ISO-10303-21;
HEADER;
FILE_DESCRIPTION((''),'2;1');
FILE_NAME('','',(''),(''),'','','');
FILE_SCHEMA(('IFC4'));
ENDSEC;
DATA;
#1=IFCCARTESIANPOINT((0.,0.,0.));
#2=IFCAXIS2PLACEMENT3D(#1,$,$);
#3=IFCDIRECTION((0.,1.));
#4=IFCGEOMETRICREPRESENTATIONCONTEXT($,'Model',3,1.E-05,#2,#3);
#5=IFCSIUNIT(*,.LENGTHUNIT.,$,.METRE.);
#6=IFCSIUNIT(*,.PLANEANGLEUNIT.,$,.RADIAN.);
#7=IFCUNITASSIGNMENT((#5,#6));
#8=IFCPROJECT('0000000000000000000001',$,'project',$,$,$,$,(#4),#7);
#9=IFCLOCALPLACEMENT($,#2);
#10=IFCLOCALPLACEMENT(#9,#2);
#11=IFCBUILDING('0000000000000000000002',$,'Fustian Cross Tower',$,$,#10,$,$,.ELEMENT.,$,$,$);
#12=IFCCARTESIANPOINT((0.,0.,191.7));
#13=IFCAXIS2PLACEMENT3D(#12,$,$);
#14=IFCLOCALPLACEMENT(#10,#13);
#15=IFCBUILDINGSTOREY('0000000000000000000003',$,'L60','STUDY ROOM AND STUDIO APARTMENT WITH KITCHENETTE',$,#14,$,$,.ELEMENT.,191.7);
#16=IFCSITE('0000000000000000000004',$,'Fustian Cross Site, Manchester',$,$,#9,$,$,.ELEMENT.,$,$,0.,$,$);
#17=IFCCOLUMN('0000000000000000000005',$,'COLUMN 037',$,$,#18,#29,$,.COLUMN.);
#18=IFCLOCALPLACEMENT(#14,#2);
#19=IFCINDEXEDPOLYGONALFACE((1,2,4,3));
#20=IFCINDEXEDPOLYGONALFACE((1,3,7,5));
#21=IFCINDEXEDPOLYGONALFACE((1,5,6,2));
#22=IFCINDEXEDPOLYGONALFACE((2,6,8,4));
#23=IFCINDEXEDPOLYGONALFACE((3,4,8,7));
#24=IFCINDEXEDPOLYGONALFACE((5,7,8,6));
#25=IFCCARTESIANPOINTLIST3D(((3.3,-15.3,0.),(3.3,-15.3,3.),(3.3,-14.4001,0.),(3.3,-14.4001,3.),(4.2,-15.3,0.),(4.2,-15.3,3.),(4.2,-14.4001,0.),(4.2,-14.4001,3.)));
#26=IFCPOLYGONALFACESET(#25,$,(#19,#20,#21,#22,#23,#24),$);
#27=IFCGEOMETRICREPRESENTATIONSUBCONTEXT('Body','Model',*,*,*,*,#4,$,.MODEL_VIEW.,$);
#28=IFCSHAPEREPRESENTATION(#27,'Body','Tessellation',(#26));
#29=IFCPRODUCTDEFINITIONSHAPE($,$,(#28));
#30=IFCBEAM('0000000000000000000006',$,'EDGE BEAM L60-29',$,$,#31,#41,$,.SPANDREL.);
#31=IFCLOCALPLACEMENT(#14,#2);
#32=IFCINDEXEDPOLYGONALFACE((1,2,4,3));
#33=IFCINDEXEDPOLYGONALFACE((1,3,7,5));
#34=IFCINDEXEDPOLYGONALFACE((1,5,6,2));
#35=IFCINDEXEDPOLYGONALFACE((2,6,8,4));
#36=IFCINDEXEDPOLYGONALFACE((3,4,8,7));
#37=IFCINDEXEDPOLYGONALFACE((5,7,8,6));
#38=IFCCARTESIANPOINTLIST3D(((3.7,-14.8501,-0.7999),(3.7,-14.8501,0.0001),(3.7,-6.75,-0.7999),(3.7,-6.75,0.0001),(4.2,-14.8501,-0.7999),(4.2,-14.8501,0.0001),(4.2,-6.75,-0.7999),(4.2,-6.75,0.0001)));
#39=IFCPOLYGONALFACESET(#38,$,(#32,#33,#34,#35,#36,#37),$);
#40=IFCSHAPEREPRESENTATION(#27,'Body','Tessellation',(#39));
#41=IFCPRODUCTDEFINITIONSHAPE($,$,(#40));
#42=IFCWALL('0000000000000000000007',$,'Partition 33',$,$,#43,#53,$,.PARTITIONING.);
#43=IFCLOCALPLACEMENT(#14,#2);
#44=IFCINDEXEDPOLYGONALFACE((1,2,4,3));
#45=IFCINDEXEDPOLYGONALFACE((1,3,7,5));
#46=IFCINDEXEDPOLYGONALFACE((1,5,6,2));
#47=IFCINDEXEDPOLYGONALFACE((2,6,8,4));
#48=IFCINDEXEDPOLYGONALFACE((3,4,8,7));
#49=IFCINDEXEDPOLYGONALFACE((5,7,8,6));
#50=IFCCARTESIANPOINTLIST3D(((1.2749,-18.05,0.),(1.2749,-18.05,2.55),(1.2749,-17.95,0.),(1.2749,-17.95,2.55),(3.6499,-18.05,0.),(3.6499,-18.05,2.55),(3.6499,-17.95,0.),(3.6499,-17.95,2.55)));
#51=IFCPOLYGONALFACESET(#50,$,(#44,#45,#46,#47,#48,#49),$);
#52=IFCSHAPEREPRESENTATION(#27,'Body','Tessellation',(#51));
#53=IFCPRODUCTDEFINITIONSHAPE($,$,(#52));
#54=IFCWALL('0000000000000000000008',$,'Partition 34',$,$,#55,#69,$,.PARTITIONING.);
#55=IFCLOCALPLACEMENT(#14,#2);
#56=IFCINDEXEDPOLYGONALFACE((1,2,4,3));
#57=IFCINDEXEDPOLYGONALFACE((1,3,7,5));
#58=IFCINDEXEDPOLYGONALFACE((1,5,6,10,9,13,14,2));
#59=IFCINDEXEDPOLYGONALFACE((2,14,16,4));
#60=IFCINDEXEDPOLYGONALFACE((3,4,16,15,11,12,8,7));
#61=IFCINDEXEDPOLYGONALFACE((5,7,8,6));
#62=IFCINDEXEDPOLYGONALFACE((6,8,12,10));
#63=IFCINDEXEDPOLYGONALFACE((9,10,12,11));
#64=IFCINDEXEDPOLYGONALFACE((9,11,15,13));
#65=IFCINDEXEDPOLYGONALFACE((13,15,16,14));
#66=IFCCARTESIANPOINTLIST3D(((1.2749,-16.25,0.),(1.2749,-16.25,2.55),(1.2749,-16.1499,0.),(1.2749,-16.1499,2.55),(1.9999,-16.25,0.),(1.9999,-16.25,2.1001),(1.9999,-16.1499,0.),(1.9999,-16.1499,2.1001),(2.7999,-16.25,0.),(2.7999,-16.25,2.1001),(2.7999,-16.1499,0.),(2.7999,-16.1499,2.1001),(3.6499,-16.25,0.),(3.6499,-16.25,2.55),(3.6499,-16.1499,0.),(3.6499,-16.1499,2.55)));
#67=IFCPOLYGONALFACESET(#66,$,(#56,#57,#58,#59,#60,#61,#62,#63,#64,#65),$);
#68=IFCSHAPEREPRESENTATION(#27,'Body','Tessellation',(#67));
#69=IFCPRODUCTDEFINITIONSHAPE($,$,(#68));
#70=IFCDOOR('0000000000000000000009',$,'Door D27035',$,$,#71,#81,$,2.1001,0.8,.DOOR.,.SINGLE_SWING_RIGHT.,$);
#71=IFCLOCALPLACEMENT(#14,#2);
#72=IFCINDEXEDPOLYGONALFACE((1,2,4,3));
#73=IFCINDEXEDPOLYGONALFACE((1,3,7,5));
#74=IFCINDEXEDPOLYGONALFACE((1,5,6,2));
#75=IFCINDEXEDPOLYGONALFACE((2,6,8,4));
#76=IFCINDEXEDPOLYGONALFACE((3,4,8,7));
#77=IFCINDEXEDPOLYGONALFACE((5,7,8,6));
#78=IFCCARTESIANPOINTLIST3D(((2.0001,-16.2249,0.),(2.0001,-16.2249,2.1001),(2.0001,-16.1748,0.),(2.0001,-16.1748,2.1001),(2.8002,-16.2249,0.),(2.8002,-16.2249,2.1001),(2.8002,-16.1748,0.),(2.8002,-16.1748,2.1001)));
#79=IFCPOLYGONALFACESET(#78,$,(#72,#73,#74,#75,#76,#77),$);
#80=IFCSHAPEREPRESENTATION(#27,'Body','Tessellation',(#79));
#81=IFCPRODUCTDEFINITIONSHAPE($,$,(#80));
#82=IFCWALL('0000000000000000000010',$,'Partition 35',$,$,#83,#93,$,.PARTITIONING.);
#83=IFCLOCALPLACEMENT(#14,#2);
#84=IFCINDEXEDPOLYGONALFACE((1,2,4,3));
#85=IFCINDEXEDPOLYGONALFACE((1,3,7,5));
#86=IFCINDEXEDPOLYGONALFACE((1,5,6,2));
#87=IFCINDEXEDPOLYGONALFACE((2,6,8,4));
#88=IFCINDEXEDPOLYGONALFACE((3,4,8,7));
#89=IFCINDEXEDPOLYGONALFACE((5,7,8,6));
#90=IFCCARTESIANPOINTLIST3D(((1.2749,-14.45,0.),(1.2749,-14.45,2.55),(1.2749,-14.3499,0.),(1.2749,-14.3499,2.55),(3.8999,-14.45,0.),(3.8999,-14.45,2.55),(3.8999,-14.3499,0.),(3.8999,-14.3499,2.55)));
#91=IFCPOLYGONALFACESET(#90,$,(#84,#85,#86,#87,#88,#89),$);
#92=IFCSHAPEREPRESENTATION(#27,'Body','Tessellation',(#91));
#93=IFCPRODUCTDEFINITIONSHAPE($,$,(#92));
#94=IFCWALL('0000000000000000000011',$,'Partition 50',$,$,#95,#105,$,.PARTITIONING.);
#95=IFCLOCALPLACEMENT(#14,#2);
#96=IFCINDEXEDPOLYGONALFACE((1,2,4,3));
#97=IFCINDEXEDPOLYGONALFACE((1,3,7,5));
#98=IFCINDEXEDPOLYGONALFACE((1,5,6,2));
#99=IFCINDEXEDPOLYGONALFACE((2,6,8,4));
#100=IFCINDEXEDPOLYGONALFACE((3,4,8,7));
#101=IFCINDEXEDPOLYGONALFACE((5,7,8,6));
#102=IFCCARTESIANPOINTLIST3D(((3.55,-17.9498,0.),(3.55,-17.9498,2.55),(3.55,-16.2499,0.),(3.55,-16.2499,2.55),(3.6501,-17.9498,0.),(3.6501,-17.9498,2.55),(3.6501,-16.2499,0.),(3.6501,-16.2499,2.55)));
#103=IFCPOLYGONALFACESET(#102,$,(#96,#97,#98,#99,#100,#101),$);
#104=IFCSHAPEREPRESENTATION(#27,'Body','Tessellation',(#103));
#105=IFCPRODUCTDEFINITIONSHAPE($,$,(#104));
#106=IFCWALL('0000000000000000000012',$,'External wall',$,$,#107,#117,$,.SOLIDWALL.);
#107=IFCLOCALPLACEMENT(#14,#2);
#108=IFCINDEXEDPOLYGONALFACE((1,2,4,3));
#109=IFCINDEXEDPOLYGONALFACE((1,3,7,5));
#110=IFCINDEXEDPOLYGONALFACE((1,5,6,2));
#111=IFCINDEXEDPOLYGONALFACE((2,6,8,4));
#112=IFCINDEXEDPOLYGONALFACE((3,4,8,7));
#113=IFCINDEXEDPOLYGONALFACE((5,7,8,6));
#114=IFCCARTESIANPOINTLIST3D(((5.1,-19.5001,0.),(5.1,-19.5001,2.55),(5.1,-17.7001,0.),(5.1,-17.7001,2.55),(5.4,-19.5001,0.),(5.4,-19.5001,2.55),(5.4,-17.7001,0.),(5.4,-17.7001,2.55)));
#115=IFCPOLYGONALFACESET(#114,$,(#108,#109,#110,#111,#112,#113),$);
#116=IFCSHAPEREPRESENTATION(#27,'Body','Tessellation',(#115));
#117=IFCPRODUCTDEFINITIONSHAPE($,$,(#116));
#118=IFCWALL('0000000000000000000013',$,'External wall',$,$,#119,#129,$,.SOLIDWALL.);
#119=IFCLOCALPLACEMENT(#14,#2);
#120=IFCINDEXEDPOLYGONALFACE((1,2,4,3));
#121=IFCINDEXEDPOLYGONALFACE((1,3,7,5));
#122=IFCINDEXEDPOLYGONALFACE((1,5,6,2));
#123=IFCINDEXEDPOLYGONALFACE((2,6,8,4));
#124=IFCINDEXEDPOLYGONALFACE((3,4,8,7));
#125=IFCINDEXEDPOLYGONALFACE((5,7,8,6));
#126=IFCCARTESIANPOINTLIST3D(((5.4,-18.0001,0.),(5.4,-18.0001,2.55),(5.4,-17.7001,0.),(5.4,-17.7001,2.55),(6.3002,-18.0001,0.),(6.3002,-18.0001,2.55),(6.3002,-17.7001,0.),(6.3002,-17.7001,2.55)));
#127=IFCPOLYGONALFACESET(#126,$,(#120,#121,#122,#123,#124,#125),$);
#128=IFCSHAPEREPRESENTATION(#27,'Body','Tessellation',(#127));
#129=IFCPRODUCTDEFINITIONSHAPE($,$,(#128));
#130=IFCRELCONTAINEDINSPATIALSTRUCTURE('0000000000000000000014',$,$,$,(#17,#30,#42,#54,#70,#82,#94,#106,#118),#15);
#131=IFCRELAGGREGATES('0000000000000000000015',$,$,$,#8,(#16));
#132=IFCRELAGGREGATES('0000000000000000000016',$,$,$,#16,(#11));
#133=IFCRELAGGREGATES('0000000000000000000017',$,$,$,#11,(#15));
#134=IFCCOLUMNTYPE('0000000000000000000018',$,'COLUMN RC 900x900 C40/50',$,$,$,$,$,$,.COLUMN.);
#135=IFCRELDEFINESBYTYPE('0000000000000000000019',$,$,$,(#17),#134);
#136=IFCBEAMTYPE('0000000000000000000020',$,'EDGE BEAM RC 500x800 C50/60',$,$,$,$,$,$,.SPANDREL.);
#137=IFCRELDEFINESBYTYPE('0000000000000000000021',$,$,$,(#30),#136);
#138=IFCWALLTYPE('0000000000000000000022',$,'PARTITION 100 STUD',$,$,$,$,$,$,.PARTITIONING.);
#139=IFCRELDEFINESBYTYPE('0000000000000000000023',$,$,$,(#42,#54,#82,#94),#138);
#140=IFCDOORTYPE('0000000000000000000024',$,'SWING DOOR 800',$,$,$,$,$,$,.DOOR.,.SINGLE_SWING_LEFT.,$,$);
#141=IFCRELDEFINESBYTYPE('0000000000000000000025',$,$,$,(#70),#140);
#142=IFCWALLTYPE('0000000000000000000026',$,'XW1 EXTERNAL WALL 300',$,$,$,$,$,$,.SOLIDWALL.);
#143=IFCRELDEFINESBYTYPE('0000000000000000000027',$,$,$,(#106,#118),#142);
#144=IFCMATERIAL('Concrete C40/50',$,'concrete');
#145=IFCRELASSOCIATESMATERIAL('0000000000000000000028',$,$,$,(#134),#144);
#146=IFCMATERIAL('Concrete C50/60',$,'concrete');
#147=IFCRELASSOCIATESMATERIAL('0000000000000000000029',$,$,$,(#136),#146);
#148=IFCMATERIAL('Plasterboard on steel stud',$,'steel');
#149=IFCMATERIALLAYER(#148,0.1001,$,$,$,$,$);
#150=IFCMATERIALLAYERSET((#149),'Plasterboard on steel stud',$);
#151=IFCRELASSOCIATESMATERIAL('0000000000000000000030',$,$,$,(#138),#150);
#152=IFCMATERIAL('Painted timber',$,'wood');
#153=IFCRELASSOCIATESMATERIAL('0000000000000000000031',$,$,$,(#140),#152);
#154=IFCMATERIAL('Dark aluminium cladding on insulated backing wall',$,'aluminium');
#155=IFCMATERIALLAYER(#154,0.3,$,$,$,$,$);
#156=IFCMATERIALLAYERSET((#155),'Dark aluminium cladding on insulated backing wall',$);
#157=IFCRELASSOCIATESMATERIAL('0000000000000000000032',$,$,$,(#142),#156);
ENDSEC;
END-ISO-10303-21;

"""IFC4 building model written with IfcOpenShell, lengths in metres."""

from ifc_helpers import new_model, si_unit, direction, frame, frame_2d, origin, origin_2d, place, context, subcontext, project, spatial, rectangle, extrude, material, layer, layer_set, material_profile, profile_set, type_object, element, fill, save


model = new_model("IFC4")

# Units and contexts
model_context = context("Model", 3, precision=1e-05, world=origin(), true_north=direction((0.0, 1.0)))
body_context = subcontext(model_context, "Body", "Model", "MODEL_VIEW")
ifc_project = project(units=[si_unit("LENGTHUNIT", "METRE"), si_unit("PLANEANGLEUNIT", "RADIAN")], contexts=[model_context])

# Site, building, storey
site_placement = place(None, origin())
site = spatial("IfcSite", under=ifc_project, at=site_placement, Name="Fustian Cross Site, Manchester", CompositionType="ELEMENT", RefElevation=0.0)
building_placement = place(site_placement, origin())
building = spatial("IfcBuilding", under=site, at=building_placement, Name="Fustian Cross Tower", CompositionType="ELEMENT")
storey_placement = place(building_placement, frame((0.0, 0.0, 191.7)))
storey = spatial("IfcBuildingStorey", under=building, at=storey_placement, Name="L60", Description="STUDY ROOM AND STUDIO APARTMENT WITH KITCHENETTE", CompositionType="ELEMENT", Elevation=191.7)

# Column
ifc_material_1 = material(Name="Concrete C40/50", Category="concrete")
ifc_material_profile_1 = material_profile(ifc_material_1, rectangle(XDim=0.8999, YDim=0.8999, at=origin_2d()), Name="RC 900x900")
ifc_profile_set_1 = profile_set([ifc_material_profile_1], Name="Concrete C40/50")
column_type = type_object("IfcColumnType", Name="COLUMN RC 900x900 C40/50", PredefinedType="COLUMN", material=ifc_profile_set_1)
column_placement = place(storey_placement, frame((3.75, -14.8501, 0.0), z_axis=(0.0, 0.0, 1.0), x_axis=(1.0, 0.0, 0.0)))
element("IfcColumn", 1, at=column_placement, inside=storey, type_object=column_type, Name="COLUMN 037", PredefinedType="COLUMN", context=body_context, shape_type="SweptSolid", body=[
    extrude(rectangle(XDim=0.8999, YDim=0.8999, at=origin_2d()), origin(), (0.0, 0.0, 1.0), 3.0),
])

# Beam
ifc_material_2 = material(Name="Concrete C50/60", Category="concrete")
ifc_material_profile_2 = material_profile(ifc_material_2, rectangle(XDim=0.5, YDim=0.8, at=origin_2d()), Name="RC 500x800")
ifc_profile_set_2 = profile_set([ifc_material_profile_2], Name="Concrete C50/60")
beam_type = type_object("IfcBeamType", Name="EDGE BEAM RC 500x800 C50/60", PredefinedType="SPANDREL", material=ifc_profile_set_2)
beam_placement = place(storey_placement, frame((3.95, -14.8501, -0.3999), z_axis=(0.0, 1.0, 0.0), x_axis=(-1.0, 0.0, 0.0)))
element("IfcBeam", 2, at=beam_placement, inside=storey, type_object=beam_type, Name="EDGE BEAM L60-29", PredefinedType="SPANDREL", context=body_context, shape_type="SweptSolid", body=[
    extrude(rectangle(XDim=0.5, YDim=0.8, at=origin_2d()), origin(), (0.0, 0.0, 1.0), 8.1001),
])

# Wall
ifc_material_3 = material(Name="Plasterboard on steel stud", Category="steel")
ifc_layer_1 = layer(ifc_material_3, 0.1001)
ifc_layer_set_1 = layer_set([ifc_layer_1], Name="Plasterboard on steel stud")
wall_type_1 = type_object("IfcWallType", Name="PARTITION 100 STUD", PredefinedType="PARTITIONING", material=ifc_layer_set_1)
wall_1_placement = place(storey_placement, frame((1.2749, -18.0, 0.0), z_axis=(0.0, 0.0, 1.0), x_axis=(1.0, 0.0, 0.0)))
element("IfcWall", 3, at=wall_1_placement, inside=storey, type_object=wall_type_1, Name="Partition 33", PredefinedType="PARTITIONING", context=body_context, shape_type="SweptSolid", body=[
    extrude(rectangle(XDim=2.375, YDim=0.1001, at=frame_2d((1.1875, 0.0))), origin(), (0.0, 0.0, 1.0), 2.55),
])

# Wall, opening, door
wall_2_placement = place(storey_placement, frame((1.2749, -16.2, 0.0), z_axis=(0.0, 0.0, 1.0), x_axis=(1.0, 0.0, 0.0)))
wall_2 = element("IfcWall", 4, at=wall_2_placement, inside=storey, type_object=wall_type_1, Name="Partition 34", PredefinedType="PARTITIONING", context=body_context, shape_type="SweptSolid", body=[
    extrude(rectangle(XDim=2.375, YDim=0.1001, at=frame_2d((1.1875, 0.0))), origin(), (0.0, 0.0, 1.0), 2.55),
])
opening_1_placement = place(wall_2_placement, frame((0.7251, 0.0, 0.0)))
opening_1 = element("IfcOpeningElement", 5, at=opening_1_placement, cuts=wall_2, PredefinedType="OPENING", context=body_context, shape_type="SweptSolid", body=[
    extrude(rectangle(XDim=0.8, YDim=2.1001, at=frame_2d((0.3999, 1.05))), frame((0.0, 0.0601, 0.0), z_axis=(0.0, -1.0, 0.0), x_axis=(1.0, 0.0, 0.0)), (0.0, 0.0, 1.0), 0.1201),
])
ifc_material_4 = material(Name="Painted timber", Category="wood")
door_type_1 = type_object("IfcDoorType", Name="SWING DOOR 800", OperationType="SINGLE_SWING_LEFT", PredefinedType="DOOR", material=ifc_material_4)
door_1_placement = place(opening_1_placement, frame((0.8, 0.0, 0.0), z_axis=(0.0, 0.0, 1.0), x_axis=(-1.0, 0.0, 0.0)))
door_1 = element("IfcDoor", 6, at=door_1_placement, inside=storey, type_object=door_type_1, Name="Door D27035", OperationType="SINGLE_SWING_RIGHT", OverallHeight=2.1001, OverallWidth=0.8, PredefinedType="DOOR", context=body_context, shape_type="SweptSolid", body=[
    extrude(rectangle(XDim=0.8, YDim=2.1001, at=frame_2d((0.3999, 1.05))), frame((0.0, 0.0249, 0.0), z_axis=(0.0, -1.0, 0.0), x_axis=(1.0, 0.0, 0.0)), (0.0, 0.0, 1.0), 0.05),
])
fill(opening_1, door_1)

# Walls
wall_3_placement = place(storey_placement, frame((1.2749, -14.3999, 0.0), z_axis=(0.0, 0.0, 1.0), x_axis=(1.0, 0.0, 0.0)))
element("IfcWall", 7, at=wall_3_placement, inside=storey, type_object=wall_type_1, Name="Partition 35", PredefinedType="PARTITIONING", context=body_context, shape_type="SweptSolid", body=[
    extrude(rectangle(XDim=2.625, YDim=0.1001, at=frame_2d((1.3125, 0.0))), origin(), (0.0, 0.0, 1.0), 2.55),
])
wall_4_placement = place(storey_placement, frame((3.6001, -17.95, 0.0), z_axis=(0.0, 0.0, 1.0), x_axis=(0.0, 1.0, 0.0)))
element("IfcWall", 8, at=wall_4_placement, inside=storey, type_object=wall_type_1, Name="Partition 50", PredefinedType="PARTITIONING", context=body_context, shape_type="SweptSolid", body=[
    extrude(rectangle(XDim=1.7, YDim=0.1001, at=frame_2d((0.8501, 0.0))), origin(), (0.0, 0.0, 1.0), 2.55),
])
ifc_material_5 = material(Name="Dark aluminium cladding on insulated backing wall", Category="aluminium")
ifc_layer_2 = layer(ifc_material_5, 0.3)
ifc_layer_set_2 = layer_set([ifc_layer_2], Name="Dark aluminium cladding on insulated backing wall")
wall_type_2 = type_object("IfcWallType", Name="XW1 EXTERNAL WALL 300", PredefinedType="SOLIDWALL", material=ifc_layer_set_2)
wall_5_placement = place(storey_placement, frame((5.25, -19.5, 0.0), z_axis=(0.0, 0.0, 1.0), x_axis=(0.0, 1.0, 0.0)))
element("IfcWall", 9, at=wall_5_placement, inside=storey, type_object=wall_type_2, Name="External wall", PredefinedType="SOLIDWALL", context=body_context, shape_type="SweptSolid", body=[
    extrude(rectangle(XDim=1.8, YDim=0.3, at=frame_2d((0.8999, 0.0))), origin(), (0.0, 0.0, 1.0), 2.55),
])
wall_6_placement = place(storey_placement, frame((5.3999, -17.8501, 0.0), z_axis=(0.0, 0.0, 1.0), x_axis=(1.0, 0.0, 0.0)))
element("IfcWall", 10, at=wall_6_placement, inside=storey, type_object=wall_type_2, Name="External wall", PredefinedType="SOLIDWALL", context=body_context, shape_type="SweptSolid", body=[
    extrude(rectangle(XDim=0.9001, YDim=0.3, at=frame_2d((0.4502, 0.0))), origin(), (0.0, 0.0, 1.0), 2.55),
])

save(model, "model.ifc")
